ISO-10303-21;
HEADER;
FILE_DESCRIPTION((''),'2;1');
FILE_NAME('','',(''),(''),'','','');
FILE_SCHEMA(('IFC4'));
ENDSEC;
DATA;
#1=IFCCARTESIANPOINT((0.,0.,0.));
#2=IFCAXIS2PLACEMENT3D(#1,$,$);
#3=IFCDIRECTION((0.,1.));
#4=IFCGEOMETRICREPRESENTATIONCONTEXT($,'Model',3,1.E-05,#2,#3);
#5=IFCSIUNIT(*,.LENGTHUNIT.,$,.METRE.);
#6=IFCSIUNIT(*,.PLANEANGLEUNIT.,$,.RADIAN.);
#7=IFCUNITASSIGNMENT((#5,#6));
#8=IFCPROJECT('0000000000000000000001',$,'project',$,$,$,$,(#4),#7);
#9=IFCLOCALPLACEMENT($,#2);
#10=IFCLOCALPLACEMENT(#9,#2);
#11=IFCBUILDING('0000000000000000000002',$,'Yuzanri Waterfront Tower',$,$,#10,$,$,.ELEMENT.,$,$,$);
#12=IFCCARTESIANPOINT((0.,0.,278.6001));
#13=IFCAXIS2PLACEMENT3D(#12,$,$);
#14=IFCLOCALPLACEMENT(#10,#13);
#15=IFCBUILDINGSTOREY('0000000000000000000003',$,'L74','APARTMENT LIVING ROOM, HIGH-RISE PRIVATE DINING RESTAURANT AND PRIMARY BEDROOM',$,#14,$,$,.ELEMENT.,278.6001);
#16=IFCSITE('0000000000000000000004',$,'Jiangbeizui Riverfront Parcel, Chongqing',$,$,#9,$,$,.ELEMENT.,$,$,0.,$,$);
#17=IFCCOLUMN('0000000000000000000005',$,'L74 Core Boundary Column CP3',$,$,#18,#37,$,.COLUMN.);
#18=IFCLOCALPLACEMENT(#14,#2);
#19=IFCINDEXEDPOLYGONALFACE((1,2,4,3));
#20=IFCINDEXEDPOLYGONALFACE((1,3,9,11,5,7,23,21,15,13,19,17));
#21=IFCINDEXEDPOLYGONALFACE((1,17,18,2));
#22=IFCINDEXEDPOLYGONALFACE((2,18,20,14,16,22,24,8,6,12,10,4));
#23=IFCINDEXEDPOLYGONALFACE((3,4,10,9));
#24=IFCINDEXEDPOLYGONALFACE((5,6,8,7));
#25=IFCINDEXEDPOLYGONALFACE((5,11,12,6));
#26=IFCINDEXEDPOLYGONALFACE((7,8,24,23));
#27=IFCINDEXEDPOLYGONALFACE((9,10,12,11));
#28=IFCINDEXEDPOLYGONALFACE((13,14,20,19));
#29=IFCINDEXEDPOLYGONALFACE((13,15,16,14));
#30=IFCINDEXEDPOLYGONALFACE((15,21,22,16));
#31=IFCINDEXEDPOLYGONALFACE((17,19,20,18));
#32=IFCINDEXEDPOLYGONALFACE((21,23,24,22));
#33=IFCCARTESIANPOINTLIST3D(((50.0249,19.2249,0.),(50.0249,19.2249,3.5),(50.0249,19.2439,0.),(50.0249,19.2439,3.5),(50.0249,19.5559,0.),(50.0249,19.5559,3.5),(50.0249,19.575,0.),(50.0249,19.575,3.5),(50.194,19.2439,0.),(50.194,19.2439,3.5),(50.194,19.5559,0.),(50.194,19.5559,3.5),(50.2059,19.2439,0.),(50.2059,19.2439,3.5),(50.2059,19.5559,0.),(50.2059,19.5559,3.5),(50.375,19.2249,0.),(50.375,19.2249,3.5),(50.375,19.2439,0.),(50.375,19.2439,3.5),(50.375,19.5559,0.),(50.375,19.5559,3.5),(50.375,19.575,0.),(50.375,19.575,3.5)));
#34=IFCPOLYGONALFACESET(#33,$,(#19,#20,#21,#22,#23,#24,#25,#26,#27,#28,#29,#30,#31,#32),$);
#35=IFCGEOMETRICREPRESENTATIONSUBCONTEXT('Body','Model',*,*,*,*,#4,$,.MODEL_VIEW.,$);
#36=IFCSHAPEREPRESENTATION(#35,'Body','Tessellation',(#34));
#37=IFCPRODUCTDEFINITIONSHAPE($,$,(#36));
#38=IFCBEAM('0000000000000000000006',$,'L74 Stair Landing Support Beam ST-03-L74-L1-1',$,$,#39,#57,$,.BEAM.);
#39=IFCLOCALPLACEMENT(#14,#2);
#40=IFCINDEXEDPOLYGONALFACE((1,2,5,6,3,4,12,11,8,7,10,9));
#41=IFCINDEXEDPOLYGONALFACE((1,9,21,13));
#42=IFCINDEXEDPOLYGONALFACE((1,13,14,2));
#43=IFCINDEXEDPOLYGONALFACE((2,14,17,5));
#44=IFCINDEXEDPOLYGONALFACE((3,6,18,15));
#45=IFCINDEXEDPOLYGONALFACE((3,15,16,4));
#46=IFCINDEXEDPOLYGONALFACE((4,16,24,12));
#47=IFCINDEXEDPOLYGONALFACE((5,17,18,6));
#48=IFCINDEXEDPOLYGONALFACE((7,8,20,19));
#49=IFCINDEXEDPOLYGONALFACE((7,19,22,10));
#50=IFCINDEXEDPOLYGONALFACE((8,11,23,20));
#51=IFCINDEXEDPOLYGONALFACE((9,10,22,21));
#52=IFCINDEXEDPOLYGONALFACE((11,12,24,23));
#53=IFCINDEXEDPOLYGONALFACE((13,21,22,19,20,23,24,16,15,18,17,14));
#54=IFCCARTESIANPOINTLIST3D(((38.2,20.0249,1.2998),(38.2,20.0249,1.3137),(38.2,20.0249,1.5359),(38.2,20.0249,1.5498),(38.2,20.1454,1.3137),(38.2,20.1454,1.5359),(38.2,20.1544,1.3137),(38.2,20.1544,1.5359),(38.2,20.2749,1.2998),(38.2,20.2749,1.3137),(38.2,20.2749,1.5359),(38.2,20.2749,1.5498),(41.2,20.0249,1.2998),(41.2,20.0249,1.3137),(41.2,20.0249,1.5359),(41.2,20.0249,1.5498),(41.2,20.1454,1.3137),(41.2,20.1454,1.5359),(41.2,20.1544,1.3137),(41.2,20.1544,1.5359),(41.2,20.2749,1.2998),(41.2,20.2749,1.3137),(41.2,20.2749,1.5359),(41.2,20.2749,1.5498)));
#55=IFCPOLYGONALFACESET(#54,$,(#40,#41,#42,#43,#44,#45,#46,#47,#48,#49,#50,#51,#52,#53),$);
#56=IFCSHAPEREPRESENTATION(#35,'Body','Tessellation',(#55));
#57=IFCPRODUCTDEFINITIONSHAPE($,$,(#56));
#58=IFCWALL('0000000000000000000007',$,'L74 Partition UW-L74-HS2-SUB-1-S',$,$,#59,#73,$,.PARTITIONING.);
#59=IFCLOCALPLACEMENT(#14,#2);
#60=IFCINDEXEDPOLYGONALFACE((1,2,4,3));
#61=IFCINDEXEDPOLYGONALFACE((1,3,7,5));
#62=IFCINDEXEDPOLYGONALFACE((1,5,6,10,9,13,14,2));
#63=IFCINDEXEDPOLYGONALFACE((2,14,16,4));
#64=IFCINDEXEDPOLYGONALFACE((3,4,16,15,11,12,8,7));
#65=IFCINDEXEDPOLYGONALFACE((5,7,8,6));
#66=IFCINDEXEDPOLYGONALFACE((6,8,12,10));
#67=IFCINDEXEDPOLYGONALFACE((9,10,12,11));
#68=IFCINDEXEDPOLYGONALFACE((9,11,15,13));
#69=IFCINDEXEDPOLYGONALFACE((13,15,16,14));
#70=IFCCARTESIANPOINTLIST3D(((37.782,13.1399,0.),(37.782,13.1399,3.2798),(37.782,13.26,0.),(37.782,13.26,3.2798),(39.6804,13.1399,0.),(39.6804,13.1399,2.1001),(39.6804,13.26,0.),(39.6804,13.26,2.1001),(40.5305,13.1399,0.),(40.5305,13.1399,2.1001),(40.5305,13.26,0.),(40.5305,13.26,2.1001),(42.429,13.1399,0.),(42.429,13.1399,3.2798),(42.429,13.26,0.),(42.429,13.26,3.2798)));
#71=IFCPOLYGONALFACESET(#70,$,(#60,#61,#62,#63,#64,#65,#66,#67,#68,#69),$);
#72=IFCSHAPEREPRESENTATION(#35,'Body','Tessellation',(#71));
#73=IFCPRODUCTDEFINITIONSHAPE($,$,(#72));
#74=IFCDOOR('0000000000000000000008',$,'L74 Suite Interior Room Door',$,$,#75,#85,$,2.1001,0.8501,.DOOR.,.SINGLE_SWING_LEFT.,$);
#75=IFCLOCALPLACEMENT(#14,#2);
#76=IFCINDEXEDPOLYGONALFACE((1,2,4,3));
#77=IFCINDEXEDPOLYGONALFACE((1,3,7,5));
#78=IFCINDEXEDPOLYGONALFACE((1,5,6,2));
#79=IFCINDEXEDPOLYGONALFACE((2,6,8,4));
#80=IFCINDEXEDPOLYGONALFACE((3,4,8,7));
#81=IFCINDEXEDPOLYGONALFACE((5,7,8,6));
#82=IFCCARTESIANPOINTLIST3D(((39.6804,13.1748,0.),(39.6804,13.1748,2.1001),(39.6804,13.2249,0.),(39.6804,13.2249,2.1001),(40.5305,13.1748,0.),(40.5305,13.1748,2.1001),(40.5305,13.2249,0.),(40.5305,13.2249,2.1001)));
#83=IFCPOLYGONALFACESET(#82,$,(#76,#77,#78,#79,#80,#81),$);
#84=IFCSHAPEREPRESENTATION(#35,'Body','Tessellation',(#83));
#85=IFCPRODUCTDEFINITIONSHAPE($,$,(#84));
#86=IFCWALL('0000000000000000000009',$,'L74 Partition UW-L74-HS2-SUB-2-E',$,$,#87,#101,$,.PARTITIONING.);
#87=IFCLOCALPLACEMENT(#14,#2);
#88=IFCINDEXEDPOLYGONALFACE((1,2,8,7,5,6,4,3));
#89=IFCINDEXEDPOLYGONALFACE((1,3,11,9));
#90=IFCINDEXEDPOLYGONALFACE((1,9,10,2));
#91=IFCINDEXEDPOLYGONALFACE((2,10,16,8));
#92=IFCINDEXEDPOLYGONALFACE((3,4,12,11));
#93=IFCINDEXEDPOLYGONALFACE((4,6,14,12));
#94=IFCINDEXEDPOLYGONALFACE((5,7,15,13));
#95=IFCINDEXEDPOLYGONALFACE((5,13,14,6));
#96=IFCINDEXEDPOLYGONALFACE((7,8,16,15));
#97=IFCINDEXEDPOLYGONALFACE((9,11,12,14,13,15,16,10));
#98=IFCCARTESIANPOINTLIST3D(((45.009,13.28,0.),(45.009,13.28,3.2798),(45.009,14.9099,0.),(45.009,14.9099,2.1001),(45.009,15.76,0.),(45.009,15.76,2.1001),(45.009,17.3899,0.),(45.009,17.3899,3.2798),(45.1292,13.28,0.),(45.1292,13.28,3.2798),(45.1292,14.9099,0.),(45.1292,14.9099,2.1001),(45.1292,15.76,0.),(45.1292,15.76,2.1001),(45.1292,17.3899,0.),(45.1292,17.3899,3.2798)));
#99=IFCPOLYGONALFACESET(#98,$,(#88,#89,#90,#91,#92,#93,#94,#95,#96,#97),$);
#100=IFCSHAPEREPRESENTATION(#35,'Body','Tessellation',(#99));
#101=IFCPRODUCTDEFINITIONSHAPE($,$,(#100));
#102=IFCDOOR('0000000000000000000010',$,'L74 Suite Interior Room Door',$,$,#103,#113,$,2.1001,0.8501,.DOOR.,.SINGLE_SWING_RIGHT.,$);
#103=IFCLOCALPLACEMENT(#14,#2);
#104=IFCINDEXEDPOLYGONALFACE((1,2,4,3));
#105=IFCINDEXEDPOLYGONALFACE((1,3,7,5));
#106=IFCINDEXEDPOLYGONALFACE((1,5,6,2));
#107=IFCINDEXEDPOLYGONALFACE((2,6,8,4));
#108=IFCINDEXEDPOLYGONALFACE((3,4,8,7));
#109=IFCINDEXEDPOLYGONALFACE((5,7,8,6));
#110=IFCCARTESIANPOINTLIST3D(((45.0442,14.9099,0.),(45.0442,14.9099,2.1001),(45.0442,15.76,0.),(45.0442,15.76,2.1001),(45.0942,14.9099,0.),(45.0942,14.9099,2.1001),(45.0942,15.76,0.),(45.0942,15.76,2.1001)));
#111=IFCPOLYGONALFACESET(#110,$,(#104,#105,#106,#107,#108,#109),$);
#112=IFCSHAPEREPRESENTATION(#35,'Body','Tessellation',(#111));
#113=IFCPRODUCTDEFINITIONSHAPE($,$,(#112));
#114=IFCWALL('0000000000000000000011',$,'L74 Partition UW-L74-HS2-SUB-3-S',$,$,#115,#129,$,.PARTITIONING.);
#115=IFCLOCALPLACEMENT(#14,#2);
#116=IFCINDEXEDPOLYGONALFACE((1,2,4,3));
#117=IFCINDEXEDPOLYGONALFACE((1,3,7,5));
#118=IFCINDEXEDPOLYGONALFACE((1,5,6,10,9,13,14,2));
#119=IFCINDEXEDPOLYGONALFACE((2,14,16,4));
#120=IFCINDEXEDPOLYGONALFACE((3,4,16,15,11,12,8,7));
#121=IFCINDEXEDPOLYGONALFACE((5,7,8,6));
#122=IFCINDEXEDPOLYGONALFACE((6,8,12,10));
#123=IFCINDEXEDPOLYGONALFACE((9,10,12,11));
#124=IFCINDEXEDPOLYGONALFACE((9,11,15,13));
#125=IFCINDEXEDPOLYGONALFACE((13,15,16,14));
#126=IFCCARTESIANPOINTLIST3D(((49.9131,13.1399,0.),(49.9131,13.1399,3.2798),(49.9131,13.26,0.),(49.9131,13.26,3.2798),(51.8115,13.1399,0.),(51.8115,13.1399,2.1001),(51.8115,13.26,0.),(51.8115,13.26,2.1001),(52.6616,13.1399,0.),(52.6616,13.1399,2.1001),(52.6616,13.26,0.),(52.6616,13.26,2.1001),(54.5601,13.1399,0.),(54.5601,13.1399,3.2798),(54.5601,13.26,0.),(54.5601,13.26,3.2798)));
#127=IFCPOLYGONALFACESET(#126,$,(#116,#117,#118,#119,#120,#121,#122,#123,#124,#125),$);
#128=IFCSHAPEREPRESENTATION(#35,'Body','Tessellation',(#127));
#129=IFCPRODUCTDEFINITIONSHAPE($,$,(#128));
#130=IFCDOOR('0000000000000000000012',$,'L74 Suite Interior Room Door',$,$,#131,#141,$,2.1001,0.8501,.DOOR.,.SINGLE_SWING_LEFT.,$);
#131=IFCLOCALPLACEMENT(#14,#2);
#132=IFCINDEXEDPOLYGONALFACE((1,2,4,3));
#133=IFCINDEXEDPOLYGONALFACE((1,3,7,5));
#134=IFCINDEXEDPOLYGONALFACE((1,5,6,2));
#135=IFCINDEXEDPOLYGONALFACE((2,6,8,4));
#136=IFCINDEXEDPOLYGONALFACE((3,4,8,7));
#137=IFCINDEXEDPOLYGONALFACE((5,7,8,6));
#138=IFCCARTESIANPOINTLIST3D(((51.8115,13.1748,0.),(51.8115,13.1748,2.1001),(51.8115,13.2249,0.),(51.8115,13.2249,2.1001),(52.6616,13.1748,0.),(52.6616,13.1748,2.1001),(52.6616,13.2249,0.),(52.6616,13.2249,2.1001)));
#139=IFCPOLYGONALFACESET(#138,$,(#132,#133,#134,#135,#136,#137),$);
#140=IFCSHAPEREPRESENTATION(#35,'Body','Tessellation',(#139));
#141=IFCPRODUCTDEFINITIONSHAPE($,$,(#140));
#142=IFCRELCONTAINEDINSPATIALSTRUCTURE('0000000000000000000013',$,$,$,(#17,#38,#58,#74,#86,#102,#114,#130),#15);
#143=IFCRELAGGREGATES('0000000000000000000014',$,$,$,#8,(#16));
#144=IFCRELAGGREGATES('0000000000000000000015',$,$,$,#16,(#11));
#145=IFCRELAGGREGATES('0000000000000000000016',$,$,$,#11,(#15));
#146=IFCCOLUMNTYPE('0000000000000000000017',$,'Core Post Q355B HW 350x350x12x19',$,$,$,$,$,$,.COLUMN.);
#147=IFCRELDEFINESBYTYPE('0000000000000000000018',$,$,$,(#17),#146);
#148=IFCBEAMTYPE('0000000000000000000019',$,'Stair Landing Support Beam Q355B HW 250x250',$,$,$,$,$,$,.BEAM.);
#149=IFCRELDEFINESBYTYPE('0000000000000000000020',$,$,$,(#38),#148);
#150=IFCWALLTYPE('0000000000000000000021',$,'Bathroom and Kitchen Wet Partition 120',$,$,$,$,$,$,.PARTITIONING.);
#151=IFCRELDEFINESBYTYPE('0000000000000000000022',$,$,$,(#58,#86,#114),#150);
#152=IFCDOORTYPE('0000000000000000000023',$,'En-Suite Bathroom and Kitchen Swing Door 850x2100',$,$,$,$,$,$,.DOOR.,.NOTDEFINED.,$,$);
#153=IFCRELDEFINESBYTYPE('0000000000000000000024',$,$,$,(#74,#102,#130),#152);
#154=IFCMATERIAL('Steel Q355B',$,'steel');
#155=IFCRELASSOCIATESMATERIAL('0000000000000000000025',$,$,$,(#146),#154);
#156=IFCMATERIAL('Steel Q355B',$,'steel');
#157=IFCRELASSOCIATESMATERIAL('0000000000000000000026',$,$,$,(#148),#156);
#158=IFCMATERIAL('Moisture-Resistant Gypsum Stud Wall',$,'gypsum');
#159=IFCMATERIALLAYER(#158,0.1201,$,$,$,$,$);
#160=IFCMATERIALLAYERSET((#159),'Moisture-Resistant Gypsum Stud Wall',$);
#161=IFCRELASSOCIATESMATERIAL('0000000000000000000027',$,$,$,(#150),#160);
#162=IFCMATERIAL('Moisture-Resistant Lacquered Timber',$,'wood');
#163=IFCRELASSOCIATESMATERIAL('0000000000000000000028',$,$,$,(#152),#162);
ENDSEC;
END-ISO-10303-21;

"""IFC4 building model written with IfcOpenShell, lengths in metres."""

from ifc_helpers import new_model, si_unit, direction, frame, frame_2d, origin, origin_2d, place, context, subcontext, project, spatial, rectangle, i_section, extrude, source, transform, mapped, material, layer, layer_set, material_profile, profile_set, type_object, element, fill, save


model = new_model("IFC4")

# Units and contexts
model_context = context("Model", 3, precision=1e-05, world=origin(), true_north=direction((0.0, 1.0)))
body_context = subcontext(model_context, "Body", "Model", "MODEL_VIEW")
ifc_project = project(units=[si_unit("LENGTHUNIT", "METRE"), si_unit("PLANEANGLEUNIT", "RADIAN")], contexts=[model_context])

# Site, building, storey
site_placement = place(None, origin())
site = spatial("IfcSite", under=ifc_project, at=site_placement, Name="Jiangbeizui Riverfront Parcel, Chongqing", CompositionType="ELEMENT", RefElevation=0.0)
building_placement = place(site_placement, origin())
building = spatial("IfcBuilding", under=site, at=building_placement, Name="Yuzanri Waterfront Tower", CompositionType="ELEMENT")
storey_placement = place(building_placement, frame((0.0, 0.0, 278.6001)))
storey = spatial("IfcBuildingStorey", under=building, at=storey_placement, Name="L74", Description="APARTMENT LIVING ROOM, HIGH-RISE PRIVATE DINING RESTAURANT AND PRIMARY BEDROOM", CompositionType="ELEMENT", Elevation=278.6001)

# Column
ifc_material_1 = material(Name="Steel Q355B", Category="steel")
ifc_material_profile_1 = material_profile(ifc_material_1, i_section(OverallWidth=0.3501, OverallDepth=0.3501, WebThickness=0.012, FlangeThickness=0.019, at=origin_2d()), Name="HW 350x350x12x19")
ifc_profile_set_1 = profile_set([ifc_material_profile_1], Name="Steel Q355B")
column_type = type_object("IfcColumnType", Name="Core Post Q355B HW 350x350x12x19", PredefinedType="COLUMN", material=ifc_profile_set_1)
shared_shape_1 = source(origin(), body_context, "Body", "SweptSolid", [
    extrude(i_section(OverallWidth=0.3501, OverallDepth=0.3501, WebThickness=0.012, FlangeThickness=0.019, at=origin_2d()), origin(), (0.0, 0.0, 1.0), 3.5),
])
column_placement = place(storey_placement, frame((50.2, 19.3999, 0.0), z_axis=(0.0, 0.0, 1.0), x_axis=(1.0, 0.0, 0.0)))
element("IfcColumn", 1, at=column_placement, inside=storey, type_object=column_type, Name="L74 Core Boundary Column CP3", PredefinedType="COLUMN", context=body_context, shape_type="MappedRepresentation", body=[
    mapped(shared_shape_1, transform((0.0, 0.0, 0.0), scale=1.0)),
])

# Beam
ifc_material_2 = material(Name="Steel Q355B", Category="steel")
ifc_material_profile_2 = material_profile(ifc_material_2, i_section(OverallWidth=0.25, OverallDepth=0.25, WebThickness=0.009, FlangeThickness=0.0139, at=origin_2d()), Name="HW 250x250x9x14")
ifc_profile_set_2 = profile_set([ifc_material_profile_2], Name="Steel Q355B")
beam_type = type_object("IfcBeamType", Name="Stair Landing Support Beam Q355B HW 250x250", PredefinedType="BEAM", material=ifc_profile_set_2)
shared_shape_2 = source(origin(), body_context, "Body", "SweptSolid", [
    extrude(i_section(OverallWidth=0.25, OverallDepth=0.25, WebThickness=0.009, FlangeThickness=0.0139, at=origin_2d()), origin(), (0.0, 0.0, 1.0), 3.0),
])
beam_placement = place(storey_placement, frame((38.2, 20.1499, 1.4248), z_axis=(1.0, 0.0, 0.0), x_axis=(0.0, 1.0, 0.0)))
element("IfcBeam", 2, at=beam_placement, inside=storey, type_object=beam_type, Name="L74 Stair Landing Support Beam ST-03-L74-L1-1", PredefinedType="BEAM", context=body_context, shape_type="MappedRepresentation", body=[
    mapped(shared_shape_2, transform((0.0, 0.0, 0.0), scale=1.0)),
])

# Walls, openings, doors
ifc_material_3 = material(Name="Moisture-Resistant Gypsum Stud Wall", Category="gypsum")
ifc_layer_1 = layer(ifc_material_3, 0.1201)
ifc_layer_set_1 = layer_set([ifc_layer_1], Name="Moisture-Resistant Gypsum Stud Wall")
wall_type_1 = type_object("IfcWallType", Name="Bathroom and Kitchen Wet Partition 120", PredefinedType="PARTITIONING", material=ifc_layer_set_1)
wall_1_placement = place(storey_placement, frame((37.782, 13.2, 0.0), z_axis=(0.0, 0.0, 1.0), x_axis=(1.0, 0.0, 0.0)))
wall_1 = element("IfcWall", 3, at=wall_1_placement, inside=storey, type_object=wall_type_1, Name="L74 Partition UW-L74-HS2-SUB-1-S", PredefinedType="PARTITIONING", context=body_context, shape_type="SweptSolid", body=[
    extrude(rectangle(XDim=4.647, YDim=0.1201, at=frame_2d((2.3235, 0.0))), origin(), (0.0, 0.0, 1.0), 3.2798),
])
opening_1_placement = place(wall_1_placement, frame((1.8984, 0.0, 0.0)))
opening_1 = element("IfcOpeningElement", 4, at=opening_1_placement, cuts=wall_1, PredefinedType="OPENING", context=body_context, shape_type="SweptSolid", body=[
    extrude(rectangle(XDim=0.8501, YDim=2.1001, at=frame_2d((0.425, 1.05))), frame((0.0, 0.075, 0.0), z_axis=(0.0, -1.0, 0.0), x_axis=(1.0, 0.0, 0.0)), (0.0, 0.0, 1.0), 0.1499),
])
ifc_material_4 = material(Name="Moisture-Resistant Lacquered Timber", Category="wood")
door_type_1 = type_object("IfcDoorType", Name="En-Suite Bathroom and Kitchen Swing Door 850x2100", OperationType="NOTDEFINED", PredefinedType="DOOR", material=ifc_material_4)
shared_shape_3 = source(origin(), body_context, "Body", "SweptSolid", [
    extrude(rectangle(XDim=0.8501, YDim=2.1001, at=frame_2d((0.425, 1.05))), frame((0.0, 0.0249, 0.0), z_axis=(0.0, -1.0, 0.0), x_axis=(1.0, 0.0, 0.0)), (0.0, 0.0, 1.0), 0.05),
])
door_1_placement = place(opening_1_placement, origin())
door_1 = element("IfcDoor", 5, at=door_1_placement, inside=storey, type_object=door_type_1, Name="L74 Suite Interior Room Door", OperationType="SINGLE_SWING_LEFT", OverallHeight=2.1001, OverallWidth=0.8501, PredefinedType="DOOR", context=body_context, shape_type="MappedRepresentation", body=[
    mapped(shared_shape_3, transform((0.0, 0.0, 0.0), scale=1.0)),
])
fill(opening_1, door_1)
wall_2_placement = place(storey_placement, frame((45.0691, 13.28, 0.0), z_axis=(0.0, 0.0, 1.0), x_axis=(0.0, 1.0, 0.0)))
wall_2 = element("IfcWall", 6, at=wall_2_placement, inside=storey, type_object=wall_type_1, Name="L74 Partition UW-L74-HS2-SUB-2-E", PredefinedType="PARTITIONING", context=body_context, shape_type="SweptSolid", body=[
    extrude(rectangle(XDim=4.1099, YDim=0.1201, at=frame_2d((2.0549, 0.0))), origin(), (0.0, 0.0, 1.0), 3.2798),
])
opening_2_placement = place(wall_2_placement, frame((1.6299, 0.0, 0.0)))
opening_2 = element("IfcOpeningElement", 7, at=opening_2_placement, cuts=wall_2, PredefinedType="OPENING", context=body_context, shape_type="SweptSolid", body=[
    extrude(rectangle(XDim=0.8501, YDim=2.1001, at=frame_2d((0.425, 1.05))), frame((0.0, 0.075, 0.0), z_axis=(0.0, -1.0, 0.0), x_axis=(1.0, 0.0, 0.0)), (0.0, 0.0, 1.0), 0.1499),
])
door_2_placement = place(opening_2_placement, origin())
door_2 = element("IfcDoor", 8, at=door_2_placement, inside=storey, type_object=door_type_1, Name="L74 Suite Interior Room Door", OperationType="SINGLE_SWING_RIGHT", OverallHeight=2.1001, OverallWidth=0.8501, PredefinedType="DOOR", context=body_context, shape_type="MappedRepresentation", body=[
    mapped(shared_shape_3, transform((0.0, 0.0, 0.0), scale=1.0)),
])
fill(opening_2, door_2)
wall_3_placement = place(storey_placement, frame((49.9131, 13.2, 0.0), z_axis=(0.0, 0.0, 1.0), x_axis=(1.0, 0.0, 0.0)))
wall_3 = element("IfcWall", 9, at=wall_3_placement, inside=storey, type_object=wall_type_1, Name="L74 Partition UW-L74-HS2-SUB-3-S", PredefinedType="PARTITIONING", context=body_context, shape_type="SweptSolid", body=[
    extrude(rectangle(XDim=4.647, YDim=0.1201, at=frame_2d((2.3235, 0.0))), origin(), (0.0, 0.0, 1.0), 3.2798),
])
opening_3_placement = place(wall_3_placement, frame((1.8984, 0.0, 0.0)))
opening_3 = element("IfcOpeningElement", 10, at=opening_3_placement, cuts=wall_3, PredefinedType="OPENING", context=body_context, shape_type="SweptSolid", body=[
    extrude(rectangle(XDim=0.8501, YDim=2.1001, at=frame_2d((0.425, 1.05))), frame((0.0, 0.075, 0.0), z_axis=(0.0, -1.0, 0.0), x_axis=(1.0, 0.0, 0.0)), (0.0, 0.0, 1.0), 0.1499),
])
door_3_placement = place(opening_3_placement, origin())
door_3 = element("IfcDoor", 11, at=door_3_placement, inside=storey, type_object=door_type_1, Name="L74 Suite Interior Room Door", OperationType="SINGLE_SWING_LEFT", OverallHeight=2.1001, OverallWidth=0.8501, PredefinedType="DOOR", context=body_context, shape_type="MappedRepresentation", body=[
    mapped(shared_shape_3, transform((0.0, 0.0, 0.0), scale=1.0)),
])
fill(opening_3, door_3)

save(model, "model.ifc")
